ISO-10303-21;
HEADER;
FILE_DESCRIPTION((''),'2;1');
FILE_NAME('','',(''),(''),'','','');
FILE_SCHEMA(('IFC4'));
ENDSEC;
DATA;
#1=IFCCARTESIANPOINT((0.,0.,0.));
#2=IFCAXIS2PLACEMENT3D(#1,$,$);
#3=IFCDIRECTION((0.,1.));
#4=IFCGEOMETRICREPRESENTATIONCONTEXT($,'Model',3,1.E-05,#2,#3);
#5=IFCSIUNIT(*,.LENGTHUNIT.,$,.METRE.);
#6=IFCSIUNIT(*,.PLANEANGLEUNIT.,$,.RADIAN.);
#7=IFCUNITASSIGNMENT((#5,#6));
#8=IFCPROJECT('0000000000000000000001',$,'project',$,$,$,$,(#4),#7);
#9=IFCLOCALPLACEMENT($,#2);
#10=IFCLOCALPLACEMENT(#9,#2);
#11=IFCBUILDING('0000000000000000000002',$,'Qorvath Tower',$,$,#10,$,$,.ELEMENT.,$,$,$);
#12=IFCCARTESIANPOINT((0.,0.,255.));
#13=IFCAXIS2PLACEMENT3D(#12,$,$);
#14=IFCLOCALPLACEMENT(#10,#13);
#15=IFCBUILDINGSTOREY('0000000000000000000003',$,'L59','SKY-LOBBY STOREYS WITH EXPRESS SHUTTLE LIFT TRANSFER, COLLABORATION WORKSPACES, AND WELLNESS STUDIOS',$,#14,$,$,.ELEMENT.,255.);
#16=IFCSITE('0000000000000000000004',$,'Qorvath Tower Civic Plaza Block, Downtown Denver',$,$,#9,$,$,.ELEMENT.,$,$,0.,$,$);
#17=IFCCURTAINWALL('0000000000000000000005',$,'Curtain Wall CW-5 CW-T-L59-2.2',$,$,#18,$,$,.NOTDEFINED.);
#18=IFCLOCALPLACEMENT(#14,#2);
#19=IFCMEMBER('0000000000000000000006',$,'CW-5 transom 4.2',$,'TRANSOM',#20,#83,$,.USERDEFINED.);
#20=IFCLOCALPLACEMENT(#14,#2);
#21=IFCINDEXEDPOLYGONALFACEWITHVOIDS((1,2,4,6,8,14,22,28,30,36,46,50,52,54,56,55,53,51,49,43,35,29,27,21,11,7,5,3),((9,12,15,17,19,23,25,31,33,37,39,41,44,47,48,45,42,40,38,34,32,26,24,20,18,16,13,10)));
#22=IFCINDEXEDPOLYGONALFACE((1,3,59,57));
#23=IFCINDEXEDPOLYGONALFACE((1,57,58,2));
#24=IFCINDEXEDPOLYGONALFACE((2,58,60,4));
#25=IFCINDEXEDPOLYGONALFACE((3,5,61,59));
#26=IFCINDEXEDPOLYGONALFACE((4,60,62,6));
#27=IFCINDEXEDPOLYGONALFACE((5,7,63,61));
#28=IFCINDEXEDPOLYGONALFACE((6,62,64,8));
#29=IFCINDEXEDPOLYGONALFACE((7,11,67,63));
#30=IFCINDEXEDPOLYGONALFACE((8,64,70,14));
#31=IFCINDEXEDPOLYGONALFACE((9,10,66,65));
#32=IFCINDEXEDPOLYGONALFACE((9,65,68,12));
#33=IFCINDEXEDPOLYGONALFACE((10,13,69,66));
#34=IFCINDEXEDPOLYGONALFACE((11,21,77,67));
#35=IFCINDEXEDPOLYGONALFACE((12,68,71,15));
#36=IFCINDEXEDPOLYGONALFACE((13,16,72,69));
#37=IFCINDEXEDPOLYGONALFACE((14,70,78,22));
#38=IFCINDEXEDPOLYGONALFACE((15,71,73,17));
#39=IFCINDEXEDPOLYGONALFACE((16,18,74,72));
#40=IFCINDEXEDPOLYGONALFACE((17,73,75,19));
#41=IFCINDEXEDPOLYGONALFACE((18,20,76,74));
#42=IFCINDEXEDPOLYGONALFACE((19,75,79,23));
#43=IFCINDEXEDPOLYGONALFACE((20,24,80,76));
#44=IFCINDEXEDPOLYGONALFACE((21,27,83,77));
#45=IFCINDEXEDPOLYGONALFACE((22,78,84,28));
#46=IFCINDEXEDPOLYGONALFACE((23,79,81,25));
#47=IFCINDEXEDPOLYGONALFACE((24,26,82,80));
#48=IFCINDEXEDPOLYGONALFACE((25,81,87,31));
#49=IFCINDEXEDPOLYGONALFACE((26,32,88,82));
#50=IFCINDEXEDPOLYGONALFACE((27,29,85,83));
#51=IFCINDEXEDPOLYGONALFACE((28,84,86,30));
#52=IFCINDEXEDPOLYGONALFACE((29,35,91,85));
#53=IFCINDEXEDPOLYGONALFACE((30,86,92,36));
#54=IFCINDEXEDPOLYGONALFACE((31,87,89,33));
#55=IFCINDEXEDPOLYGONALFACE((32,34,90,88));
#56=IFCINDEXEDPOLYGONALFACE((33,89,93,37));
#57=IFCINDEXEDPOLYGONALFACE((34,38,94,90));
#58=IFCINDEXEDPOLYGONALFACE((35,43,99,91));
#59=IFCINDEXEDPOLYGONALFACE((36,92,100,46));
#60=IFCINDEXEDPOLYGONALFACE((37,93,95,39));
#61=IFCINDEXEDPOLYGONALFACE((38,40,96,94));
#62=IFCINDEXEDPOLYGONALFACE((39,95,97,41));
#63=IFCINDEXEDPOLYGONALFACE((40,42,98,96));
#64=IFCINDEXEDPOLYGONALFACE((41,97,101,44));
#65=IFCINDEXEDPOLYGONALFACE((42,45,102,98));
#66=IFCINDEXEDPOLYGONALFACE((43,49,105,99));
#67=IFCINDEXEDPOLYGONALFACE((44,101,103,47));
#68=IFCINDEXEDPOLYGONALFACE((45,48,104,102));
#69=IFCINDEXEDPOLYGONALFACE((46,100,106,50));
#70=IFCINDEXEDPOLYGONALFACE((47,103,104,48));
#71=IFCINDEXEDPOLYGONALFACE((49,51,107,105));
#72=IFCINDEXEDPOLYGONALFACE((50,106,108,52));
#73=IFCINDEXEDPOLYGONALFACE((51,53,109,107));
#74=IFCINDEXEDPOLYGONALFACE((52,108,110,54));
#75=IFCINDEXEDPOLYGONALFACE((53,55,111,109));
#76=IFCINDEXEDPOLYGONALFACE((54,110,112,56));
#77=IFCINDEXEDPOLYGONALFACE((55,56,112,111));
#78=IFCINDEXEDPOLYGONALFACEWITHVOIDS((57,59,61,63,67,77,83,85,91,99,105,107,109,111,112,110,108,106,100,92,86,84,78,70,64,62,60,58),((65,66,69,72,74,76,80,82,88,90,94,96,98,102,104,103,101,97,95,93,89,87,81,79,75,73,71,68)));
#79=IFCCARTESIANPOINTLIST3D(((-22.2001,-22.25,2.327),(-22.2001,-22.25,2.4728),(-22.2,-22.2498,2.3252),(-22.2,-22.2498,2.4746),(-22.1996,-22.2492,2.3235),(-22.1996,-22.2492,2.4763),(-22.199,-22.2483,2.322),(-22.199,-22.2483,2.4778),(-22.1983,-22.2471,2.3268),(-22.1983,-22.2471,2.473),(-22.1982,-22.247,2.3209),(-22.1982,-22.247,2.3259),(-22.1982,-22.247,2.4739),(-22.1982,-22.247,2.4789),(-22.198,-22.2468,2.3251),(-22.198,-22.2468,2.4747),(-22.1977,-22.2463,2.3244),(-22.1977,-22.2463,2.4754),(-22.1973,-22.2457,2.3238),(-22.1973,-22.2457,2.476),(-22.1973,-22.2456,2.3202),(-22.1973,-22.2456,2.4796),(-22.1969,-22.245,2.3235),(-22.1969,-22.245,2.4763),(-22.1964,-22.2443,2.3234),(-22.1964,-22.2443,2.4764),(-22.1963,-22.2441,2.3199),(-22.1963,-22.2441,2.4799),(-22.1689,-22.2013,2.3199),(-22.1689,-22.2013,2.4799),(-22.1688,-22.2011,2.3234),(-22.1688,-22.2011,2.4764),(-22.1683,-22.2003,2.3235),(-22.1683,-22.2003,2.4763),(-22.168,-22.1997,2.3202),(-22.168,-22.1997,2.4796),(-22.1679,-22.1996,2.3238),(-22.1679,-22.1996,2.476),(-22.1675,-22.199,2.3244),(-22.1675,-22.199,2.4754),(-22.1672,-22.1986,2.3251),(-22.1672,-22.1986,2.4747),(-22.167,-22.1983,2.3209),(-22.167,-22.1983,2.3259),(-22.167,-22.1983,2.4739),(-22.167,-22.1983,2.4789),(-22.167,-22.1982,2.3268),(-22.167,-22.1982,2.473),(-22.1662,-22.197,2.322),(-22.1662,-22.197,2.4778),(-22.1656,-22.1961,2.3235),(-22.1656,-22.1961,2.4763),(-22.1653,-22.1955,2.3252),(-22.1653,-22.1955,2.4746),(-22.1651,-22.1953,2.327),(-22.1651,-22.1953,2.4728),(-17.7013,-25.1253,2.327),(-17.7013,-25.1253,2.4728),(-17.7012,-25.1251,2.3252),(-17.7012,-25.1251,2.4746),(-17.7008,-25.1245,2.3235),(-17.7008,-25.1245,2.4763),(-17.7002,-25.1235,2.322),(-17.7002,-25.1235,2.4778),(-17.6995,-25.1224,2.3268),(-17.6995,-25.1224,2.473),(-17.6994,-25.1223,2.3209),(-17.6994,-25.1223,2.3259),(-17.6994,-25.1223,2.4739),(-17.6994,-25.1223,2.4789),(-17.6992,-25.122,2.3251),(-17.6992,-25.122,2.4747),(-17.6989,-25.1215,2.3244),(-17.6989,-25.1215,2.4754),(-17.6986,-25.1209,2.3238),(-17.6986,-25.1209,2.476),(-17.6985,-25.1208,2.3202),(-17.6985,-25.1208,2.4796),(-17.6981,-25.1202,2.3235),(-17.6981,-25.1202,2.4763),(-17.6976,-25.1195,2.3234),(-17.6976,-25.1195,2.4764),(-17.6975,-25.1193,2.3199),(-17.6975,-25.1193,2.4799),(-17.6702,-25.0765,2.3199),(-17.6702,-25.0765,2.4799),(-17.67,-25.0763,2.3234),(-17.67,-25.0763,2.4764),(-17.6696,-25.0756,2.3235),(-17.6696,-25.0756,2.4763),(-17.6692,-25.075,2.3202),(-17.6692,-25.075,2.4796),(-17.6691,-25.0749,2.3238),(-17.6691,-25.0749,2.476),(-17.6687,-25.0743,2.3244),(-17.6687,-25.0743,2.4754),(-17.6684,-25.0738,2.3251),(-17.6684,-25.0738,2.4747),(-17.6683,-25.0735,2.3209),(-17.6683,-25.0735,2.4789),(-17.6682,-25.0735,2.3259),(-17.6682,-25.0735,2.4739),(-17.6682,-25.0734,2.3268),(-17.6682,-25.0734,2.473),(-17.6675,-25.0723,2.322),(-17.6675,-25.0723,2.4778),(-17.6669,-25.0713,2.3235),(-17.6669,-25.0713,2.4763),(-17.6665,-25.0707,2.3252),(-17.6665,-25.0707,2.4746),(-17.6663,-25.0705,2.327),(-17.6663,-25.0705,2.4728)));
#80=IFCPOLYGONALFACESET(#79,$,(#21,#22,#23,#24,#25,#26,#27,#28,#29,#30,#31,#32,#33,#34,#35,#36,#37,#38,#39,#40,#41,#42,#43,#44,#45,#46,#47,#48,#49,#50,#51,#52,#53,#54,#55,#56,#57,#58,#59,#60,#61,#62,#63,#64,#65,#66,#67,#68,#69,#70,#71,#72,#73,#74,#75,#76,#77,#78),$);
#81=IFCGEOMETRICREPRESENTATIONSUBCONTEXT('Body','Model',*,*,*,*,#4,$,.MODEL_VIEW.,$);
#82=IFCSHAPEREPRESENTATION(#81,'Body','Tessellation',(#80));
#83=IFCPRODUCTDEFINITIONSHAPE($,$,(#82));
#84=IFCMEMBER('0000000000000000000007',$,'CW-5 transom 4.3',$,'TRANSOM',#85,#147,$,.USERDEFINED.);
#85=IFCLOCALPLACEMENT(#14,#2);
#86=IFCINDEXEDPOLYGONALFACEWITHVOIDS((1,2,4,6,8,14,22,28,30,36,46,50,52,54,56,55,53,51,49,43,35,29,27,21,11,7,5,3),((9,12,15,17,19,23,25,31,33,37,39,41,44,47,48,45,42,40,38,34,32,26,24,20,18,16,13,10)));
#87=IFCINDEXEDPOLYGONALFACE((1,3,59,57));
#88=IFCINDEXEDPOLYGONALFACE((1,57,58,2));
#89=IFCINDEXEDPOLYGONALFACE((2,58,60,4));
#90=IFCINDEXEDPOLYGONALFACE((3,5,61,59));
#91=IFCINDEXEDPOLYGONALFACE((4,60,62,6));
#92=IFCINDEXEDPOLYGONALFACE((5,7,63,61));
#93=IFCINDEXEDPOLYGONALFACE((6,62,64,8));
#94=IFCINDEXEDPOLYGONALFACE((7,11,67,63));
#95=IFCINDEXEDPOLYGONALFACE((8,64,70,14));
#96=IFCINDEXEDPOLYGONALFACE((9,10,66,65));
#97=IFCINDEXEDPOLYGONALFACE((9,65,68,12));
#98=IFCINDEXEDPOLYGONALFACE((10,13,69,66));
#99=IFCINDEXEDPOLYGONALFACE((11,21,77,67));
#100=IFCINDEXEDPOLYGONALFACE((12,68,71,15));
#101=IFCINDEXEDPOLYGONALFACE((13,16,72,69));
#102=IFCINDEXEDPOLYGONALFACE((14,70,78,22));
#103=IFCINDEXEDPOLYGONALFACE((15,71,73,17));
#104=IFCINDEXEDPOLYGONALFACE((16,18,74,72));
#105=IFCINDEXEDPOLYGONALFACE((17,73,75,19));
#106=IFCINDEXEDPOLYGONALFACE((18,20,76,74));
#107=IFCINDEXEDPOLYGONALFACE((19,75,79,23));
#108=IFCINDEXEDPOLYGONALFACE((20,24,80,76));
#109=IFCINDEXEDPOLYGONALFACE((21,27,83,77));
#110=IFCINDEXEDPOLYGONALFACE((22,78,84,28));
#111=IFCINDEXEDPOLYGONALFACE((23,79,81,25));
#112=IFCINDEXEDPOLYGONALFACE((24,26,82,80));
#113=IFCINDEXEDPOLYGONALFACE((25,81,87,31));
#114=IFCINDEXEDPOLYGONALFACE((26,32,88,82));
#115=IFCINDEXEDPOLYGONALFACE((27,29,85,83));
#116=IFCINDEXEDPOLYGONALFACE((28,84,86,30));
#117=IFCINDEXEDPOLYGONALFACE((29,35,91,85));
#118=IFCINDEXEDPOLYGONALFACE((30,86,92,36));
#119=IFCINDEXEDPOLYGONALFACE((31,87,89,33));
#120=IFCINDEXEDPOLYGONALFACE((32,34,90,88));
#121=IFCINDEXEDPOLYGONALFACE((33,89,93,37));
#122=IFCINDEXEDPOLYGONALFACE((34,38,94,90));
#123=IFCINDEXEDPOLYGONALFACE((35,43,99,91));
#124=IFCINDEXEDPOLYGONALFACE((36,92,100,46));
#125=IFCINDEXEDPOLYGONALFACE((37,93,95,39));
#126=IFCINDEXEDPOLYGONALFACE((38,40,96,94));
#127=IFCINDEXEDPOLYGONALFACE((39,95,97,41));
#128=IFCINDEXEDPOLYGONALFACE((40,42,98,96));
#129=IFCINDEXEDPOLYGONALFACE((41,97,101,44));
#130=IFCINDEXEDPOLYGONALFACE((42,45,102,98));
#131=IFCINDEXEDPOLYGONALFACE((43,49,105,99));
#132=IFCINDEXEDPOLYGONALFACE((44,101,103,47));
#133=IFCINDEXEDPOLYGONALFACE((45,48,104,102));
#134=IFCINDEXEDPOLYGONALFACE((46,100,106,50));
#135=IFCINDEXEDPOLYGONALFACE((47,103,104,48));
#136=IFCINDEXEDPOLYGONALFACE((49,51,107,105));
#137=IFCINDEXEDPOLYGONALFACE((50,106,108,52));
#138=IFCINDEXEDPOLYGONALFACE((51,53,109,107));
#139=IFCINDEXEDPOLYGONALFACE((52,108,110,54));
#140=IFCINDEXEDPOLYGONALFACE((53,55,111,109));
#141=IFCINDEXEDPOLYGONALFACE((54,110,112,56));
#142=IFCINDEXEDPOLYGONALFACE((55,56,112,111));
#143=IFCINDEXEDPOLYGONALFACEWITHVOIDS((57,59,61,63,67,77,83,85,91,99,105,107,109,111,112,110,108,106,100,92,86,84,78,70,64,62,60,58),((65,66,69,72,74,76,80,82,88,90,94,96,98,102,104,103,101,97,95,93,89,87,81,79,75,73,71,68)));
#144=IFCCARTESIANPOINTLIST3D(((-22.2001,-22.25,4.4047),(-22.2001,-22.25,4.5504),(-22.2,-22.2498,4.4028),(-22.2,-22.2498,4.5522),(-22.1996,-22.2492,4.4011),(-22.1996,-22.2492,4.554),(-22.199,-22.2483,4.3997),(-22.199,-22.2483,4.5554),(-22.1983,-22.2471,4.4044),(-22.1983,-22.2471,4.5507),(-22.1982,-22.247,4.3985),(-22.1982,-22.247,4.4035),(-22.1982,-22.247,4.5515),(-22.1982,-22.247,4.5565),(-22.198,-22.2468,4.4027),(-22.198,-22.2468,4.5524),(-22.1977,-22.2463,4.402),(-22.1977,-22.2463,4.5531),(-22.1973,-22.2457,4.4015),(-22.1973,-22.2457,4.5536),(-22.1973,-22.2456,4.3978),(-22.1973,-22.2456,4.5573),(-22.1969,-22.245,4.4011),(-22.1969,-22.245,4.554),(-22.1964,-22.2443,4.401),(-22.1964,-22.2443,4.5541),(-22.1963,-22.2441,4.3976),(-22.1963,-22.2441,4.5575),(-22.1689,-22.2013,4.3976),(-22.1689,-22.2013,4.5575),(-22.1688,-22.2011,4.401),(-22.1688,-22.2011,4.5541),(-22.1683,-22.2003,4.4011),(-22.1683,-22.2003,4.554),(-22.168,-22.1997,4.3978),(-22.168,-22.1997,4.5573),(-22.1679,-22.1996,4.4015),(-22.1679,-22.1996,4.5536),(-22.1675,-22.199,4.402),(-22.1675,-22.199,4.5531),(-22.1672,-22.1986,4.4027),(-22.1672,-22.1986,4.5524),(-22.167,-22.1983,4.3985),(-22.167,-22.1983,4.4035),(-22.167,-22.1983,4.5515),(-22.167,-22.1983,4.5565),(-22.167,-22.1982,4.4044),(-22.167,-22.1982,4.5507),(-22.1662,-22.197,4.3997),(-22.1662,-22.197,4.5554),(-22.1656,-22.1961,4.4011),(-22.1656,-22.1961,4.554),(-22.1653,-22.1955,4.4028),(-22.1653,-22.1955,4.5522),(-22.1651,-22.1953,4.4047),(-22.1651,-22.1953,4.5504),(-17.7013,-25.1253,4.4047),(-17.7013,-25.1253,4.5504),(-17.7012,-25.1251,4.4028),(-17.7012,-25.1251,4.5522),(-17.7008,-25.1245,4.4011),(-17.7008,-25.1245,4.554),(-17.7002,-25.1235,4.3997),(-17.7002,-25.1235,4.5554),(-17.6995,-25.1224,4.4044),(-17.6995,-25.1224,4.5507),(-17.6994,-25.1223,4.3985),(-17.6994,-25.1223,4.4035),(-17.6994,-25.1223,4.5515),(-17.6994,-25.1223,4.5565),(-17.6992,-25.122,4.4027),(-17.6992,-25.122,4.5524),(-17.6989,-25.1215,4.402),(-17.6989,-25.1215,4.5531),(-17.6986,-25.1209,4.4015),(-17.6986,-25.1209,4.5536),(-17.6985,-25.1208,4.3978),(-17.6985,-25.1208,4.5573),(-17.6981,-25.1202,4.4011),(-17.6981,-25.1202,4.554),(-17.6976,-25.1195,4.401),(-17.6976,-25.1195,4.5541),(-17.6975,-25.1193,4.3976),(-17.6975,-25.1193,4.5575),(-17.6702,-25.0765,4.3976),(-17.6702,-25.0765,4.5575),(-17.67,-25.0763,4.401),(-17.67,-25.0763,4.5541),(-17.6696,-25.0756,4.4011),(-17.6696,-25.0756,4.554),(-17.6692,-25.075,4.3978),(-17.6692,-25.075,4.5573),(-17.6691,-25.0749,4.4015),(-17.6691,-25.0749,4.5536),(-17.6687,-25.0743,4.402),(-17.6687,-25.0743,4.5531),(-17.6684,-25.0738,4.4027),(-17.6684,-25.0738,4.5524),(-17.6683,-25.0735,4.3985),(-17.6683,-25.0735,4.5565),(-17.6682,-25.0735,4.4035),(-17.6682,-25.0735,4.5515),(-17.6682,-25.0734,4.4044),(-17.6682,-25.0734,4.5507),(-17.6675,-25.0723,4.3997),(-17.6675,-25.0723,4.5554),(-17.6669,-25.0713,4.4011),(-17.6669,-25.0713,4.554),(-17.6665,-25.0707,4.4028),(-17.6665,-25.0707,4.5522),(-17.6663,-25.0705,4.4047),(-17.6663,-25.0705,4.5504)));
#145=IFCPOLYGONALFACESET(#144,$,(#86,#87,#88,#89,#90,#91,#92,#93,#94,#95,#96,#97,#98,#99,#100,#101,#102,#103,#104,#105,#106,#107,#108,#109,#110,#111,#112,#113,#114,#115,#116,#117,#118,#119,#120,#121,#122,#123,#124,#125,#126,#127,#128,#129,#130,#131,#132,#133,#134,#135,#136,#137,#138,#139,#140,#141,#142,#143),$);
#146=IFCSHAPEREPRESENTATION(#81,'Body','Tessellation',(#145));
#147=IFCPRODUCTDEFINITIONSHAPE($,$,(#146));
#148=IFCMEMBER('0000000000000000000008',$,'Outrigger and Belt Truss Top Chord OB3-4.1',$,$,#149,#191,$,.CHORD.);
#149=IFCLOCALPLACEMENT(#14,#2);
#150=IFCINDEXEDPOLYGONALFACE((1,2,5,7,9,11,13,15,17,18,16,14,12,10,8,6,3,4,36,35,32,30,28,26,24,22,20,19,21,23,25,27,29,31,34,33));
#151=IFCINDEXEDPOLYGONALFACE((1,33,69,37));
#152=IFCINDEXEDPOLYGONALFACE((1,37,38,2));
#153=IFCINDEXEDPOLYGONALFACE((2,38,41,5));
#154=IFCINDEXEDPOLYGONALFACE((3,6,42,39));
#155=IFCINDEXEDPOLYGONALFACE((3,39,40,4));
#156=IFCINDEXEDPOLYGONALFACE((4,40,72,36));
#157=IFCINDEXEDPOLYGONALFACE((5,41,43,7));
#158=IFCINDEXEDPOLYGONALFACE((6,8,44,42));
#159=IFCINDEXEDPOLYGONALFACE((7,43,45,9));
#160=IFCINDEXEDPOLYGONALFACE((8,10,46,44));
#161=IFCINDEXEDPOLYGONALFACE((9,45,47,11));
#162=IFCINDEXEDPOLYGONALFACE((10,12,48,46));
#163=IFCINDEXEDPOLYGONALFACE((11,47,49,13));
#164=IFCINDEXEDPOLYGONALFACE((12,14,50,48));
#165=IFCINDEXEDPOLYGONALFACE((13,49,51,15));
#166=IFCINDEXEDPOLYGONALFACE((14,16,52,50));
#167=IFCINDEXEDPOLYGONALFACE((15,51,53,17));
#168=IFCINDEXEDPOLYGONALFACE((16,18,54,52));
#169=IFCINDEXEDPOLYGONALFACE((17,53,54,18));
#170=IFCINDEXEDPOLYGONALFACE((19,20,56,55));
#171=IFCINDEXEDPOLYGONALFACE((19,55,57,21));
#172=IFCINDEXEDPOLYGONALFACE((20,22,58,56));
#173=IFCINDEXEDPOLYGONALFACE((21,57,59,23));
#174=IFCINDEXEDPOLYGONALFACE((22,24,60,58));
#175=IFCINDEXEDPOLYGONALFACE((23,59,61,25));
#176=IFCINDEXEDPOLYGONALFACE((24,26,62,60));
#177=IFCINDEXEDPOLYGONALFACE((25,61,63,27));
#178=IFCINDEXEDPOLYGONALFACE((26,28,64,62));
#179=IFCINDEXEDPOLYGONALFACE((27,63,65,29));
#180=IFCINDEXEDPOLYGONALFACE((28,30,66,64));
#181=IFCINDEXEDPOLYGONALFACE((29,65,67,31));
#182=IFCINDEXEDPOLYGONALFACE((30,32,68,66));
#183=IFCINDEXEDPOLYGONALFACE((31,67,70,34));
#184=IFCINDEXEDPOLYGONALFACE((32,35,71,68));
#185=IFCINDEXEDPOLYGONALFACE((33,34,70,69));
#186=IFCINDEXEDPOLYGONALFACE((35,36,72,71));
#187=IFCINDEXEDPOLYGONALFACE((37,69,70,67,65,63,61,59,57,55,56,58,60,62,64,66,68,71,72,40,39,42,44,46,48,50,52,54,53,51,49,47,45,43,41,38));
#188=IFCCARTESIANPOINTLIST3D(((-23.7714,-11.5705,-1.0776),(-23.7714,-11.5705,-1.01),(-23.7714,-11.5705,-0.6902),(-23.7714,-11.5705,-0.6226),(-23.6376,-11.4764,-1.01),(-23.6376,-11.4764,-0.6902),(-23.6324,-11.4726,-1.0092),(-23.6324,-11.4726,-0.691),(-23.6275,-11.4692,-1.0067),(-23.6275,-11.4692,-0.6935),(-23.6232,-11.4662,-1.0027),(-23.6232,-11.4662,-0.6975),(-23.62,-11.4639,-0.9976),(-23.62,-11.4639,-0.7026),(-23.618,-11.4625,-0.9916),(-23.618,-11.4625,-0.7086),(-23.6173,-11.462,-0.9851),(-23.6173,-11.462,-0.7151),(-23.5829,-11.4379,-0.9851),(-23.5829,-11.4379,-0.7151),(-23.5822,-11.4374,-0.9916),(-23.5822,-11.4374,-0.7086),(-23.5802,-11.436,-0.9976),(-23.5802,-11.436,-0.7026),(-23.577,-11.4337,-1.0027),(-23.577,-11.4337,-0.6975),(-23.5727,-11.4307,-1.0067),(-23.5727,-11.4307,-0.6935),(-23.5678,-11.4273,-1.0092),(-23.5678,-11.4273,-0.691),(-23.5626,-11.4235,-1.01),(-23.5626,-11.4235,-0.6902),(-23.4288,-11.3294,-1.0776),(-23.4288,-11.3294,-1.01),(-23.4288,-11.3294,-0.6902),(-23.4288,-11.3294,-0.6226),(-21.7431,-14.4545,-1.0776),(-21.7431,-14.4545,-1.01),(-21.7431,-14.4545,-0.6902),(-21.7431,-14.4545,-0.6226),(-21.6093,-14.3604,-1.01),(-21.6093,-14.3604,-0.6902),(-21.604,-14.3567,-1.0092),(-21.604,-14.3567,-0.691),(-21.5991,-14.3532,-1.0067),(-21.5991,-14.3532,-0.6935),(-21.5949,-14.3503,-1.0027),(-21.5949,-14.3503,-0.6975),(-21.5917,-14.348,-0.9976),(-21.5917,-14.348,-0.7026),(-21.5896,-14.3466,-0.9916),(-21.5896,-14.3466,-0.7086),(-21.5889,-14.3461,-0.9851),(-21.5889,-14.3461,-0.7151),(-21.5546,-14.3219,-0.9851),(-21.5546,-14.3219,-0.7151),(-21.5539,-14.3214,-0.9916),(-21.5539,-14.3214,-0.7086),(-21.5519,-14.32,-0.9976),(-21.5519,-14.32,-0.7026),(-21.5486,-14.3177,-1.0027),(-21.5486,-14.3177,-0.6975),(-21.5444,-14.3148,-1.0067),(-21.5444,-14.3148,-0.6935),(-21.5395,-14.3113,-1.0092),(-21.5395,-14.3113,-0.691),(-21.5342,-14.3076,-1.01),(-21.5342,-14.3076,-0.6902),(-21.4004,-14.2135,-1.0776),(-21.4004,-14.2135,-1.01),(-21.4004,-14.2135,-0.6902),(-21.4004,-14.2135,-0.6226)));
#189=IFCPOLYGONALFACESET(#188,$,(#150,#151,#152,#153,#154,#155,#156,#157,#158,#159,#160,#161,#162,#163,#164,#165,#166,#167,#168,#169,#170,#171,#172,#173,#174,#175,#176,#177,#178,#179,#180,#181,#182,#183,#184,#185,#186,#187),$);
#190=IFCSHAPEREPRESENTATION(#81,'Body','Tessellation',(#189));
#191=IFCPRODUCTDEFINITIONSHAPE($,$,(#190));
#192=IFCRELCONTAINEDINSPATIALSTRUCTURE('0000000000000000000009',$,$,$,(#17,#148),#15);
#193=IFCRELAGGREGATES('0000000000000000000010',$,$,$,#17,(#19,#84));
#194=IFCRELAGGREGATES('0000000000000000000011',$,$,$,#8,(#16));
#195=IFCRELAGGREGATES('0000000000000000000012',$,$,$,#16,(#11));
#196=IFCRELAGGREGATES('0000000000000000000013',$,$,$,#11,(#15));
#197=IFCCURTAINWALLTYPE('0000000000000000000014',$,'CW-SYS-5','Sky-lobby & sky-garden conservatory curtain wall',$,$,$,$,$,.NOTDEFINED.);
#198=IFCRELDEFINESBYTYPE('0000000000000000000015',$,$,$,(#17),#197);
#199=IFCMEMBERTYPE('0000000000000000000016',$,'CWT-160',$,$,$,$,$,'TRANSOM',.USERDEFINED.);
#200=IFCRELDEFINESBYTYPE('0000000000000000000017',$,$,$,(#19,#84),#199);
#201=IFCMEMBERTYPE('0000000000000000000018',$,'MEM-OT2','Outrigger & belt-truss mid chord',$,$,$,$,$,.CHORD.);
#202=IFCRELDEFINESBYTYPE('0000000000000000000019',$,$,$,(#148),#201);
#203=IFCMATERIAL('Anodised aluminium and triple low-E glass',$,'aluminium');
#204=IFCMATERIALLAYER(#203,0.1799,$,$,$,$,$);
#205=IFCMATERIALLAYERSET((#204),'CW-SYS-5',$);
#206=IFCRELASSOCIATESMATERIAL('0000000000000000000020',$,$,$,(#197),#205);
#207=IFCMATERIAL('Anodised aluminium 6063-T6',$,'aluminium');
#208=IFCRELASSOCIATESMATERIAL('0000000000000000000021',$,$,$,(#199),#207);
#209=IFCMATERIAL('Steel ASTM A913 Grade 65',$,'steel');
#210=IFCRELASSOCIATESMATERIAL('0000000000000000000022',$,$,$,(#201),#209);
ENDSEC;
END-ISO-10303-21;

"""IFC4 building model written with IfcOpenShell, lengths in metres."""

from ifc_helpers import new_model, si_unit, direction, frame, origin, origin_2d, place, context, subcontext, project, spatial, hollow_rectangle, i_section, extrude, material, layer, layer_set, material_profile, profile_set, type_object, element, aggregate, save


model = new_model("IFC4")

# Units and contexts
model_context = context("Model", 3, precision=1e-05, world=origin(), true_north=direction((0.0, 1.0)))
body_context = subcontext(model_context, "Body", "Model", "MODEL_VIEW")
ifc_project = project(units=[si_unit("LENGTHUNIT", "METRE"), si_unit("PLANEANGLEUNIT", "RADIAN")], contexts=[model_context])

# Site, building, storey
site_placement = place(None, origin())
site = spatial("IfcSite", under=ifc_project, at=site_placement, Name="Qorvath Tower Civic Plaza Block, Downtown Denver", CompositionType="ELEMENT", RefElevation=0.0)
building_placement = place(site_placement, origin())
building = spatial("IfcBuilding", under=site, at=building_placement, Name="Qorvath Tower", CompositionType="ELEMENT")
storey_placement = place(building_placement, frame((0.0, 0.0, 255.0)))
storey = spatial("IfcBuildingStorey", under=building, at=storey_placement, Name="L59", Description="SKY-LOBBY STOREYS WITH EXPRESS SHUTTLE LIFT TRANSFER, COLLABORATION WORKSPACES, AND WELLNESS STUDIOS", CompositionType="ELEMENT", Elevation=255.0)

# Curtain wall, members
ifc_material_1 = material(Name="Anodised aluminium and triple low-E glass", Category="aluminium")
ifc_layer_1 = layer(ifc_material_1, 0.1799)
ifc_layer_set_1 = layer_set([ifc_layer_1], Name="CW-SYS-5")
curtain_wall_type = type_object("IfcCurtainWallType", Name="CW-SYS-5", Description="Sky-lobby & sky-garden conservatory curtain wall", PredefinedType="NOTDEFINED", material=ifc_layer_set_1)
curtain_wall_placement = place(storey_placement, origin())
curtain_wall = element("IfcCurtainWall", 1, at=curtain_wall_placement, inside=storey, type_object=curtain_wall_type, Name="Curtain Wall CW-5 CW-T-L59-2.2", PredefinedType="NOTDEFINED")
ifc_material_2 = material(Name="Anodised aluminium 6063-T6", Category="aluminium")
ifc_material_profile_1 = material_profile(ifc_material_2, hollow_rectangle(XDim=0.0649, YDim=0.1599, WallThickness=0.0034, InnerFilletRadius=0.0034, OuterFilletRadius=0.0071, at=origin_2d()), Name="CWT 160x65")
ifc_profile_set_1 = profile_set([ifc_material_profile_1], Name="Anodised aluminium 6063-T6")
member_type_1 = type_object("IfcMemberType", Name="CWT-160", ElementType="TRANSOM", PredefinedType="USERDEFINED", material=ifc_profile_set_1)
member_1_placement = place(storey_placement, frame((-22.1826, -22.2227, 2.3999), z_axis=(0.842609, -0.538525, 0.0), x_axis=(0.538525, 0.842609, 0.0)))
member_1 = element("IfcMember", 2, at=member_1_placement, type_object=member_type_1, Name="CW-5 transom 4.2", ObjectType="TRANSOM", PredefinedType="USERDEFINED", context=body_context, shape_type="SweptSolid", body=[
    extrude(hollow_rectangle(XDim=0.0649, YDim=0.1599, WallThickness=0.0034, InnerFilletRadius=0.0034, OuterFilletRadius=0.0071, at=origin_2d()), origin(), (0.0, 0.0, 1.0), 5.3391),
])
member_2_placement = place(storey_placement, frame((-22.1826, -22.2227, 4.4775), z_axis=(0.842609, -0.538525, 0.0), x_axis=(0.538525, 0.842609, 0.0)))
member_2 = element("IfcMember", 3, at=member_2_placement, type_object=member_type_1, Name="CW-5 transom 4.3", ObjectType="TRANSOM", PredefinedType="USERDEFINED", context=body_context, shape_type="SweptSolid", body=[
    extrude(hollow_rectangle(XDim=0.0649, YDim=0.1599, WallThickness=0.0034, InnerFilletRadius=0.0034, OuterFilletRadius=0.0071, at=origin_2d()), origin(), (0.0, 0.0, 1.0), 5.3391),
])

# Member
ifc_material_3 = material(Name="Steel ASTM A913 Grade 65", Category="steel")
ifc_material_profile_2 = material_profile(ifc_material_3, i_section(OverallWidth=0.4189, OverallDepth=0.4551, WebThickness=0.042, FlangeThickness=0.0676, FilletRadius=0.0249, at=origin_2d()), Name="W14x370")
ifc_profile_set_2 = profile_set([ifc_material_profile_2], Name="Steel ASTM A913 Grade 65")
member_type_2 = type_object("IfcMemberType", Name="MEM-OT2", Description="Outrigger & belt-truss mid chord", PredefinedType="CHORD", material=ifc_profile_set_2)
member_3_placement = place(storey_placement, frame((-23.6001, -11.45, -0.8501), z_axis=(0.575269, -0.817965, 0.0), x_axis=(0.817965, 0.575269, 0.0)))
element("IfcMember", 4, at=member_3_placement, inside=storey, type_object=member_type_2, Name="Outrigger and Belt Truss Top Chord OB3-4.1", PredefinedType="CHORD", context=body_context, shape_type="SweptSolid", body=[
    extrude(i_section(OverallWidth=0.4189, OverallDepth=0.4551, WebThickness=0.042, FlangeThickness=0.0676, FilletRadius=0.0249, at=origin_2d()), origin(), (0.0, 0.0, 1.0), 3.5259),
])

aggregate(curtain_wall, [member_1, member_2])

save(model, "model.ifc")
